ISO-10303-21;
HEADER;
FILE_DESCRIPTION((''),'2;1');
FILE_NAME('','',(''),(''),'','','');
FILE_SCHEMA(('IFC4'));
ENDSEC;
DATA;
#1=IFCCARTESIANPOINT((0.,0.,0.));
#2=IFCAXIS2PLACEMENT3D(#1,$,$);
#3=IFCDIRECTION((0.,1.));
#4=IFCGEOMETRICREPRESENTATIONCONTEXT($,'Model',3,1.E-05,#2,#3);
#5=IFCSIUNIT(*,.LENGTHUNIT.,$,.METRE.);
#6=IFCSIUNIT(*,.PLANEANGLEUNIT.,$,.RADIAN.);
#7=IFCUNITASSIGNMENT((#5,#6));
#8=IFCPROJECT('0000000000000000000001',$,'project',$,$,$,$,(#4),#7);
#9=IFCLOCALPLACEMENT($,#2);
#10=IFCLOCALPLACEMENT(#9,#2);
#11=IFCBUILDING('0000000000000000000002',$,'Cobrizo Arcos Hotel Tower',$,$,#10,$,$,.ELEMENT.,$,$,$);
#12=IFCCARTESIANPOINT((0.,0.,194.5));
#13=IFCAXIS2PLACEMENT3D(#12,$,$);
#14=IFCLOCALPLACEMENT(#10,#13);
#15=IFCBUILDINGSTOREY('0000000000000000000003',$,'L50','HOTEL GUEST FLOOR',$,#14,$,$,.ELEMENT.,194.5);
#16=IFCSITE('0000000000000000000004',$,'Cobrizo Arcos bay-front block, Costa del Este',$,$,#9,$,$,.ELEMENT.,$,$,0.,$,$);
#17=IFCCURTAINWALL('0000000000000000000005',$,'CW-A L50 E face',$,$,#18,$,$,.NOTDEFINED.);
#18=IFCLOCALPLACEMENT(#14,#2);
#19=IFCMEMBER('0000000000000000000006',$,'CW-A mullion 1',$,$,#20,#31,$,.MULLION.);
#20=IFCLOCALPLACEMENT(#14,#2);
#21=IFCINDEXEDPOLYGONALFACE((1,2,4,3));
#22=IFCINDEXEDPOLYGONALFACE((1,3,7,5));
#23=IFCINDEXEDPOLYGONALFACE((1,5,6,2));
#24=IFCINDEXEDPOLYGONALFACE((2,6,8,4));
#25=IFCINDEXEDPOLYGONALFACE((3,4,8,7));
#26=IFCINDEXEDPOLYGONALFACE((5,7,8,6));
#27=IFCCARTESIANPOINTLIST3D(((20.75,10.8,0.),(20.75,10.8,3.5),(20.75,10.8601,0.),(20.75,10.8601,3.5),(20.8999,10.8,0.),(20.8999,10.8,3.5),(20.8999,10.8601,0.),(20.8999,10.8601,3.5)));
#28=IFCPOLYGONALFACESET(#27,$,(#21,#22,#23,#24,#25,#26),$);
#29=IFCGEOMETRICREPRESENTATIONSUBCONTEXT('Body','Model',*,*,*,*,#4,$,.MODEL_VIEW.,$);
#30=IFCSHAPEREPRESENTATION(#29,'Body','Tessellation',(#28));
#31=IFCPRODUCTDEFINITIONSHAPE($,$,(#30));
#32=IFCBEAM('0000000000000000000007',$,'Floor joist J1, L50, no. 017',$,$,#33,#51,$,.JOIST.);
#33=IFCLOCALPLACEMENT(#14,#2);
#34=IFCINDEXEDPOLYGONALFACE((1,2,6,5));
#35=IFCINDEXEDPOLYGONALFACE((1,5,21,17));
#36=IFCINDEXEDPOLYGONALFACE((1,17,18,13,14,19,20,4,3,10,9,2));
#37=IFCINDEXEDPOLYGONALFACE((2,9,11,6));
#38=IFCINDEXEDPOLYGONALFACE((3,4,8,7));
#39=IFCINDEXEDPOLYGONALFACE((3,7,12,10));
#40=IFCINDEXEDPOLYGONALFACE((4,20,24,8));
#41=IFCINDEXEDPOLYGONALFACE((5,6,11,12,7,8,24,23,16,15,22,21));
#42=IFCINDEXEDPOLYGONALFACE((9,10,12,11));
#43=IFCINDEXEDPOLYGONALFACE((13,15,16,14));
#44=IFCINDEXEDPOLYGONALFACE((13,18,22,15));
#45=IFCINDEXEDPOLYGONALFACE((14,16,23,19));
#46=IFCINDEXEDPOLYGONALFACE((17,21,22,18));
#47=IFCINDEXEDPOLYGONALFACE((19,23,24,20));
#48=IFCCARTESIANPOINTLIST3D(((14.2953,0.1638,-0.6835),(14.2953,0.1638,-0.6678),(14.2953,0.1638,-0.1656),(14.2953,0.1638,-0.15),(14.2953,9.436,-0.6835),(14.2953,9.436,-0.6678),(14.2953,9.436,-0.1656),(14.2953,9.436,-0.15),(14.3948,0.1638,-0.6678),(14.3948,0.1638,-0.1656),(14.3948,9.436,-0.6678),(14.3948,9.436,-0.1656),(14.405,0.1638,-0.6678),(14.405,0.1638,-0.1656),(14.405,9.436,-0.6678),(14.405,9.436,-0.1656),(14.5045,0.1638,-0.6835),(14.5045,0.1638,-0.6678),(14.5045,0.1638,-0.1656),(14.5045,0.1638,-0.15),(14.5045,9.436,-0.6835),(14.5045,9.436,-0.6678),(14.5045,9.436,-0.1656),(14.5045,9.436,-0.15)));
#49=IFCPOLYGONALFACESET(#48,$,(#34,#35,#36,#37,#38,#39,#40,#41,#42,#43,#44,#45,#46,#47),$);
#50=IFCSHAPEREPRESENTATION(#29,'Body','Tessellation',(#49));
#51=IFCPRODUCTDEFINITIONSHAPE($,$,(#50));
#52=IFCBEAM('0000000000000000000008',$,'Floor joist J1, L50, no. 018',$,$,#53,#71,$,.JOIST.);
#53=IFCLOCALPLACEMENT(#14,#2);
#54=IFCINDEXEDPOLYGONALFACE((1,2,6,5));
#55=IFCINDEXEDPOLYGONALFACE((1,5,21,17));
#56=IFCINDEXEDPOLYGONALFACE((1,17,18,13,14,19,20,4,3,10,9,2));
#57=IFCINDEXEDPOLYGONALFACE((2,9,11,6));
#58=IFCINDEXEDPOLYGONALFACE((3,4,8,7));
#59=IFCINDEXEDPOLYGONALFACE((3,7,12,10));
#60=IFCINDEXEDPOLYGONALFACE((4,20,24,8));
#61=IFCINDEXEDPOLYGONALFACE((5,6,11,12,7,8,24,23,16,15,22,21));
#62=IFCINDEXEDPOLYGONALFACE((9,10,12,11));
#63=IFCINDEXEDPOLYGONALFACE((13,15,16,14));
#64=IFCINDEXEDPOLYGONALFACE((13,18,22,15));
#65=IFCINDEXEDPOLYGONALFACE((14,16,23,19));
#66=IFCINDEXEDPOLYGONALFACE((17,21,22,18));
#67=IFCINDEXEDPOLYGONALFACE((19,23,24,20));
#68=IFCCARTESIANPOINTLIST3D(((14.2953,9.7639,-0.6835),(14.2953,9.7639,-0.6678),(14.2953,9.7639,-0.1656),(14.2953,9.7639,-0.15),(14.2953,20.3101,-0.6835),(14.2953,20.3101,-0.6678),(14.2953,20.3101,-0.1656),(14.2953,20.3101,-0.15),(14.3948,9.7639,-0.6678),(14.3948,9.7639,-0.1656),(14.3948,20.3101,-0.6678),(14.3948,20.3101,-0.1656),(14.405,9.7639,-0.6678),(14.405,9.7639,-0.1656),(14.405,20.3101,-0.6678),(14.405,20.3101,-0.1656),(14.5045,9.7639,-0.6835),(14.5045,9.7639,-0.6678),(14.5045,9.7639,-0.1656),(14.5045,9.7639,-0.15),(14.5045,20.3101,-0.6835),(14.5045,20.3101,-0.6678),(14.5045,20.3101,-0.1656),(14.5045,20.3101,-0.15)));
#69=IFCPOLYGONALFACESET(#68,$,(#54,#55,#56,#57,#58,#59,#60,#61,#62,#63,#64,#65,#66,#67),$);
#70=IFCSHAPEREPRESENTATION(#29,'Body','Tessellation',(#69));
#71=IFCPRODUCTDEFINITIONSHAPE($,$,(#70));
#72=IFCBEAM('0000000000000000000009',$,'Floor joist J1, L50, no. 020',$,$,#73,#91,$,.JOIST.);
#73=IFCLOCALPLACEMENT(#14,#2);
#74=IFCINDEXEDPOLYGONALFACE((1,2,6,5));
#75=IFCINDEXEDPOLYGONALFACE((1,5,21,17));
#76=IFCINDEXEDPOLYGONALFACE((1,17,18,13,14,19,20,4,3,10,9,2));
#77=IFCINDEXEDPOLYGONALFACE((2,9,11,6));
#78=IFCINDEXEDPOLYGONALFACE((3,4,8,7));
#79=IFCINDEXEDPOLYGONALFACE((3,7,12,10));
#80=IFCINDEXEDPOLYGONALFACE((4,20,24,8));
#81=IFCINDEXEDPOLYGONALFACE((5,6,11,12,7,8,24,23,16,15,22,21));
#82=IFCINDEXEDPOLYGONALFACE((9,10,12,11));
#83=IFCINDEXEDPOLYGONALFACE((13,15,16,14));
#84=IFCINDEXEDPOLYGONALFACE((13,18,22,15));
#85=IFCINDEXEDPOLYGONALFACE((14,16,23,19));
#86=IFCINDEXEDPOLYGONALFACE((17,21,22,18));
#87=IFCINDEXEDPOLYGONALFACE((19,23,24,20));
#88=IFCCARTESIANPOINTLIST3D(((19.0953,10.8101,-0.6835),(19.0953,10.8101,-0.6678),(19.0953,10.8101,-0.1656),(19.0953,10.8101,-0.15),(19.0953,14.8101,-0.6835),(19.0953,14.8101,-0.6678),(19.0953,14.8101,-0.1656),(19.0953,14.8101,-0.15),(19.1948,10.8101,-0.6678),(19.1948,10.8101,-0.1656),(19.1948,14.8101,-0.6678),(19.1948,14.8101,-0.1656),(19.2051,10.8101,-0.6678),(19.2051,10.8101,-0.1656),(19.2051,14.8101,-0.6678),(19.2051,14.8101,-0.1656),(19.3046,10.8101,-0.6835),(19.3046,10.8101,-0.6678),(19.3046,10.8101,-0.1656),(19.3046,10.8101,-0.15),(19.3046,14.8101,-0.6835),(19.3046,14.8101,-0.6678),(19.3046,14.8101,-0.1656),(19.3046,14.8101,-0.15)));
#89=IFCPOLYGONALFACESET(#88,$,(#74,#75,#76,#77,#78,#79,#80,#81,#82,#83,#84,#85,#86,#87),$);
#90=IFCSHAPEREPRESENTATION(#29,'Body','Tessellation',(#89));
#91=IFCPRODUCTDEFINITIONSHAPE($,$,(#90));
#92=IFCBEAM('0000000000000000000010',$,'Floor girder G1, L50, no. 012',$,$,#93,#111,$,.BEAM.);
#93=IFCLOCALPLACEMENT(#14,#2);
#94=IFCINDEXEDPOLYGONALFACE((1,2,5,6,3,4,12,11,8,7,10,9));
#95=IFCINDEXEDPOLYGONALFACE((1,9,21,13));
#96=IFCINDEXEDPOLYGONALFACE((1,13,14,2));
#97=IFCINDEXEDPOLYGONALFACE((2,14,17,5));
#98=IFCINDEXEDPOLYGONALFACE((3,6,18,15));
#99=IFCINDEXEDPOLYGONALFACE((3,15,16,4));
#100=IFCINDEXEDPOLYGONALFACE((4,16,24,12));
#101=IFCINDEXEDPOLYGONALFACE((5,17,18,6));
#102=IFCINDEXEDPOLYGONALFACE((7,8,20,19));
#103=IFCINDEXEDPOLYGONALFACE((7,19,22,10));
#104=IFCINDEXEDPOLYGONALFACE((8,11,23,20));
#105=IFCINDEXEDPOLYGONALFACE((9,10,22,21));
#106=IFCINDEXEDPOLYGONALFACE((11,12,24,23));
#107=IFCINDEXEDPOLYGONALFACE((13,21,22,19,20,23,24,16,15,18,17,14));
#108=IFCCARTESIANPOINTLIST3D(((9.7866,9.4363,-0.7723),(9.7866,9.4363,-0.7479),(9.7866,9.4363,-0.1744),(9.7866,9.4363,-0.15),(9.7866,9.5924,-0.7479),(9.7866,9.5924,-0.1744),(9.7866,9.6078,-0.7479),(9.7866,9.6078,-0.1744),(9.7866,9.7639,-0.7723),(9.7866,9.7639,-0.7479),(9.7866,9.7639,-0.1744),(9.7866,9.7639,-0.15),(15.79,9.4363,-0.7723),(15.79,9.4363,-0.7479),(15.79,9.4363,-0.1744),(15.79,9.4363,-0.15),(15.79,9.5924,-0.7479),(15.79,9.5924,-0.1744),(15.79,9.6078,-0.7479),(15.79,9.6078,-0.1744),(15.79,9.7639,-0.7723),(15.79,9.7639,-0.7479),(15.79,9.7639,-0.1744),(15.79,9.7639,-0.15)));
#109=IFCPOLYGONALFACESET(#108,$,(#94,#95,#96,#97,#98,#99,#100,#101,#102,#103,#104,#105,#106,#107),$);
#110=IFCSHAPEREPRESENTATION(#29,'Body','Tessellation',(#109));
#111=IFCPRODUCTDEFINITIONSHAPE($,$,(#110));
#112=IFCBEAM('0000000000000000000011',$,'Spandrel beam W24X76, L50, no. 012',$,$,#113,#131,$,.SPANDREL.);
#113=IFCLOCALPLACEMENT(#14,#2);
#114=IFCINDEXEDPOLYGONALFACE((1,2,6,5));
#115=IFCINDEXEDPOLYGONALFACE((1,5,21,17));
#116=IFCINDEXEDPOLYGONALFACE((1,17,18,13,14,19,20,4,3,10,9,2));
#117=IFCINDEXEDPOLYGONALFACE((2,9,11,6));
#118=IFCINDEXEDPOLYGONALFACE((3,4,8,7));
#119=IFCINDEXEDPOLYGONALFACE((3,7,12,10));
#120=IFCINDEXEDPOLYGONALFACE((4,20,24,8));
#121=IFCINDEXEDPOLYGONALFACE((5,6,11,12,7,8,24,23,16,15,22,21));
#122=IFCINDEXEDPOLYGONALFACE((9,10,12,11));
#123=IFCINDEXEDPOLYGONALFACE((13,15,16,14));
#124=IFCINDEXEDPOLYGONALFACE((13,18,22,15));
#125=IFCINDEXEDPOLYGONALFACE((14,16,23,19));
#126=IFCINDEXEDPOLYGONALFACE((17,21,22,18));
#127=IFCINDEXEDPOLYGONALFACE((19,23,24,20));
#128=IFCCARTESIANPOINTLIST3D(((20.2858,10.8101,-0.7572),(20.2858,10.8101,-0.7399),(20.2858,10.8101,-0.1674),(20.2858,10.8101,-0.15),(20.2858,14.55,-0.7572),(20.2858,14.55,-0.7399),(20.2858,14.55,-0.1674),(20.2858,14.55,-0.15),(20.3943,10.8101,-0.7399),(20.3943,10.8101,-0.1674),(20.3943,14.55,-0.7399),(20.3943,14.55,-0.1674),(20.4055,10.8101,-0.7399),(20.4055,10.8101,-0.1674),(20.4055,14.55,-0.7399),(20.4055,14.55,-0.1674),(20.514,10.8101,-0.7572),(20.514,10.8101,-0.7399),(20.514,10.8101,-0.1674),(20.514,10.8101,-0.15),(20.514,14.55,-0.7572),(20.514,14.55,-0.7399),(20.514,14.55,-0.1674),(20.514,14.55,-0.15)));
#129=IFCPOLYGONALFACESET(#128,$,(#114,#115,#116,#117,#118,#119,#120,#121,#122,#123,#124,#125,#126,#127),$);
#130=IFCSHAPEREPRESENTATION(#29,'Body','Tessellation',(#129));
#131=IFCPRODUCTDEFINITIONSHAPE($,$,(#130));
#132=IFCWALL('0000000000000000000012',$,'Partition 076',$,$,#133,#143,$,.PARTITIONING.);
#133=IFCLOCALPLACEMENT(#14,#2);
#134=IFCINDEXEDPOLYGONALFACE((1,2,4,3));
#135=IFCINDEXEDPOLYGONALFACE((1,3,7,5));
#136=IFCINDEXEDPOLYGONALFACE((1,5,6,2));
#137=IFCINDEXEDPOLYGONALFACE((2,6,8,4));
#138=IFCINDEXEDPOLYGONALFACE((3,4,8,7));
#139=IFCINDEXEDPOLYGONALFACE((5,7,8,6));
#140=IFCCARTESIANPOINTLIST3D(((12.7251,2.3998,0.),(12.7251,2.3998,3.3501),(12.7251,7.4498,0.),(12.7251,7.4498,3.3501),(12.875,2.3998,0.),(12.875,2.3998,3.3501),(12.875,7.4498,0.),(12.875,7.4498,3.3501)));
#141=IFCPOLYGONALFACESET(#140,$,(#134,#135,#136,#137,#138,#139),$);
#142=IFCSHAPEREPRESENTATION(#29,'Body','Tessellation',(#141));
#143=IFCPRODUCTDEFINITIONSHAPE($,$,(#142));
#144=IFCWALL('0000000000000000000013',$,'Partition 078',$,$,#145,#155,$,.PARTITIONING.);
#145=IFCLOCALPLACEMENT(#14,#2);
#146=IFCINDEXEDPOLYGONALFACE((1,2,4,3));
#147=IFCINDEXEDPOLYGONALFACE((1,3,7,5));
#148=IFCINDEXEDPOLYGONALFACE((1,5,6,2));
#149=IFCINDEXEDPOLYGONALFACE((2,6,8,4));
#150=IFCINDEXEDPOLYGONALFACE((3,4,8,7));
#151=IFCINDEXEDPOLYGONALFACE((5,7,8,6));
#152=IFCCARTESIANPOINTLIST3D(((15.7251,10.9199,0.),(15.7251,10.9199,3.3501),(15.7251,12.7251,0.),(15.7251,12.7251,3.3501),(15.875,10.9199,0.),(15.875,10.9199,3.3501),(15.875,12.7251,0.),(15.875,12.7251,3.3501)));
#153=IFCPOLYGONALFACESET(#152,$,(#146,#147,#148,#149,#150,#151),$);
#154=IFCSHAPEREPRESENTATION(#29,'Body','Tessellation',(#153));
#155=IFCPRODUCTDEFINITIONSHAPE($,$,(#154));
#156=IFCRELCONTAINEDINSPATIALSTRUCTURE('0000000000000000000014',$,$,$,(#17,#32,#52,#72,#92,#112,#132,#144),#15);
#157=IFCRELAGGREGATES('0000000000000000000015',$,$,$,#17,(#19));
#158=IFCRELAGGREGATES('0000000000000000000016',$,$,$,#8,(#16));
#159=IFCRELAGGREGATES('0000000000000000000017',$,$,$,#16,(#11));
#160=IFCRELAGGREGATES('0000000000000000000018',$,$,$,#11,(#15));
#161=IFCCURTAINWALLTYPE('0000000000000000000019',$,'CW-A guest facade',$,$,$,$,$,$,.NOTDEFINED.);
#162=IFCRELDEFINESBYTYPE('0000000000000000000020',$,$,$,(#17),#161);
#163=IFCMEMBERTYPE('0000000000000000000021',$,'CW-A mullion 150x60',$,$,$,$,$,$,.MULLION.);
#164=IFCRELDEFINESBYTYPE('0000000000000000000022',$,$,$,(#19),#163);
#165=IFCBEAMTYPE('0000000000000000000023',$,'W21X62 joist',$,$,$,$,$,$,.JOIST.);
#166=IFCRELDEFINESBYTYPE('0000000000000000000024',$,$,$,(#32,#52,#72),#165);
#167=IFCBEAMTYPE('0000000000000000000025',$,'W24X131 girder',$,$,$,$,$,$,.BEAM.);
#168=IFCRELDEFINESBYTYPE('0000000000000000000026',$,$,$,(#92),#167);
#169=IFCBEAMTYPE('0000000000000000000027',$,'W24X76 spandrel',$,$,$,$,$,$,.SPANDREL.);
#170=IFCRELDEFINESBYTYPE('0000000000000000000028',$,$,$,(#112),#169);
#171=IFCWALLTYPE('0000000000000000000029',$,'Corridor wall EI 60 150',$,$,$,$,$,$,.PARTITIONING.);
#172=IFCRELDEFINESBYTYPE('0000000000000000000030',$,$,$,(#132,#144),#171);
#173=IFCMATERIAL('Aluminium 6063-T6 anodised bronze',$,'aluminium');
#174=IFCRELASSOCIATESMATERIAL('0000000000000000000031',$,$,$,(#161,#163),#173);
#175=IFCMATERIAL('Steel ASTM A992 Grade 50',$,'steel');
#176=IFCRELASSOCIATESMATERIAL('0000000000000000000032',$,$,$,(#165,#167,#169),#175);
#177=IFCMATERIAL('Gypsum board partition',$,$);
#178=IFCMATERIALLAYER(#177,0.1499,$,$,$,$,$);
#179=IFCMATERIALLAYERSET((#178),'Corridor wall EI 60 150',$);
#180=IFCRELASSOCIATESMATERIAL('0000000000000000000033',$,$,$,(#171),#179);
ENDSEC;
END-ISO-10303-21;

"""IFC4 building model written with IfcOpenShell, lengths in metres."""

from ifc_helpers import new_model, si_unit, direction, frame, frame_2d, origin, origin_2d, place, context, subcontext, project, spatial, rectangle, i_section, extrude, material, layer, layer_set, material_profile, profile_set, type_object, element, aggregate, save


model = new_model("IFC4")

# Units and contexts
model_context = context("Model", 3, precision=1e-05, world=origin(), true_north=direction((0.0, 1.0)))
body_context = subcontext(model_context, "Body", "Model", "MODEL_VIEW")
ifc_project = project(units=[si_unit("LENGTHUNIT", "METRE"), si_unit("PLANEANGLEUNIT", "RADIAN")], contexts=[model_context])

# Site, building, storey
site_placement = place(None, origin())
site = spatial("IfcSite", under=ifc_project, at=site_placement, Name="Cobrizo Arcos bay-front block, Costa del Este", CompositionType="ELEMENT", RefElevation=0.0)
building_placement = place(site_placement, origin())
building = spatial("IfcBuilding", under=site, at=building_placement, Name="Cobrizo Arcos Hotel Tower", CompositionType="ELEMENT")
storey_placement = place(building_placement, frame((0.0, 0.0, 194.5)))
storey = spatial("IfcBuildingStorey", under=building, at=storey_placement, Name="L50", Description="HOTEL GUEST FLOOR", CompositionType="ELEMENT", Elevation=194.5)

# Curtain wall, member
ifc_material_1 = material(Name="Aluminium 6063-T6 anodised bronze", Category="aluminium")
curtain_wall_type = type_object("IfcCurtainWallType", Name="CW-A guest facade", PredefinedType="NOTDEFINED", material=ifc_material_1)
curtain_wall_placement = place(storey_placement, origin())
curtain_wall = element("IfcCurtainWall", 1, at=curtain_wall_placement, inside=storey, type_object=curtain_wall_type, Name="CW-A L50 E face", PredefinedType="NOTDEFINED")
ifc_material_profile_1 = material_profile(ifc_material_1, rectangle(XDim=0.1499, YDim=0.0601, at=origin_2d()), Name="CW-A mullion 150x60")
ifc_profile_set_1 = profile_set([ifc_material_profile_1], Name="Aluminium 6063-T6 anodised bronze")
member_type = type_object("IfcMemberType", Name="CW-A mullion 150x60", PredefinedType="MULLION", material=ifc_profile_set_1)
member_placement = place(storey_placement, frame((20.825, 10.8301, 0.0), z_axis=(0.0, 0.0, 1.0), x_axis=(1.0, 0.0, 0.0)))
member = element("IfcMember", 2, at=member_placement, type_object=member_type, Name="CW-A mullion 1", PredefinedType="MULLION", context=body_context, shape_type="SweptSolid", body=[
    extrude(rectangle(XDim=0.1499, YDim=0.0601, at=origin_2d()), origin(), (0.0, 0.0, 1.0), 3.5),
])
aggregate(curtain_wall, [member])

# Beams
ifc_material_2 = material(Name="Steel ASTM A992 Grade 50", Category="steel")
ifc_material_profile_2 = material_profile(ifc_material_2, i_section(OverallWidth=0.2092, OverallDepth=0.5334, WebThickness=0.0103, FlangeThickness=0.0156, at=origin_2d()), Name="W21X62")
ifc_profile_set_2 = profile_set([ifc_material_profile_2], Name="Steel ASTM A992 Grade 50")
beam_type_1 = type_object("IfcBeamType", Name="W21X62 joist", PredefinedType="JOIST", material=ifc_profile_set_2)
beam_1_placement = place(storey_placement, frame((14.3999, 0.1638, -0.4167), z_axis=(0.0, 1.0, 0.0), x_axis=(-1.0, 0.0, 0.0)))
element("IfcBeam", 3, at=beam_1_placement, inside=storey, type_object=beam_type_1, Name="Floor joist J1, L50, no. 017", PredefinedType="JOIST", context=body_context, shape_type="SweptSolid", body=[
    extrude(i_section(OverallWidth=0.2092, OverallDepth=0.5334, WebThickness=0.0103, FlangeThickness=0.0156, at=origin_2d()), origin(), (0.0, 0.0, 1.0), 9.2722),
])
beam_2_placement = place(storey_placement, frame((14.3999, 9.7639, -0.4167), z_axis=(0.0, 1.0, 0.0), x_axis=(-1.0, 0.0, 0.0)))
element("IfcBeam", 4, at=beam_2_placement, inside=storey, type_object=beam_type_1, Name="Floor joist J1, L50, no. 018", PredefinedType="JOIST", context=body_context, shape_type="SweptSolid", body=[
    extrude(i_section(OverallWidth=0.2092, OverallDepth=0.5334, WebThickness=0.0103, FlangeThickness=0.0156, at=origin_2d()), origin(), (0.0, 0.0, 1.0), 10.5461),
])
beam_3_placement = place(storey_placement, frame((19.2, 10.8101, -0.4167), z_axis=(0.0, 1.0, 0.0), x_axis=(-1.0, 0.0, 0.0)))
element("IfcBeam", 5, at=beam_3_placement, inside=storey, type_object=beam_type_1, Name="Floor joist J1, L50, no. 020", PredefinedType="JOIST", context=body_context, shape_type="SweptSolid", body=[
    extrude(i_section(OverallWidth=0.2092, OverallDepth=0.5334, WebThickness=0.0103, FlangeThickness=0.0156, at=origin_2d()), origin(), (0.0, 0.0, 1.0), 4.0),
])
ifc_material_profile_3 = material_profile(ifc_material_2, i_section(OverallWidth=0.3276, OverallDepth=0.6223, WebThickness=0.0154, FlangeThickness=0.0244, at=origin_2d()), Name="W24X131")
ifc_profile_set_3 = profile_set([ifc_material_profile_3], Name="Steel ASTM A992 Grade 50")
beam_type_2 = type_object("IfcBeamType", Name="W24X131 girder", PredefinedType="BEAM", material=ifc_profile_set_3)
beam_4_placement = place(storey_placement, frame((9.7866, 9.6001, -0.4612), z_axis=(1.0, 0.0, 0.0), x_axis=(0.0, 1.0, 0.0)))
element("IfcBeam", 6, at=beam_4_placement, inside=storey, type_object=beam_type_2, Name="Floor girder G1, L50, no. 012", PredefinedType="BEAM", context=body_context, shape_type="SweptSolid", body=[
    extrude(i_section(OverallWidth=0.3276, OverallDepth=0.6223, WebThickness=0.0154, FlangeThickness=0.0244, at=origin_2d()), origin(), (0.0, 0.0, 1.0), 6.0034),
])
ifc_material_profile_4 = material_profile(ifc_material_2, i_section(OverallWidth=0.2283, OverallDepth=0.6072, WebThickness=0.0112, FlangeThickness=0.0173, at=origin_2d()), Name="W24X76")
ifc_profile_set_4 = profile_set([ifc_material_profile_4], Name="Steel ASTM A992 Grade 50")
beam_type_3 = type_object("IfcBeamType", Name="W24X76 spandrel", PredefinedType="SPANDREL", material=ifc_profile_set_4)
beam_5_placement = place(storey_placement, frame((20.3999, 10.8101, -0.4536), z_axis=(0.0, 1.0, 0.0), x_axis=(-1.0, 0.0, 0.0)))
element("IfcBeam", 7, at=beam_5_placement, inside=storey, type_object=beam_type_3, Name="Spandrel beam W24X76, L50, no. 012", PredefinedType="SPANDREL", context=body_context, shape_type="SweptSolid", body=[
    extrude(i_section(OverallWidth=0.2283, OverallDepth=0.6072, WebThickness=0.0112, FlangeThickness=0.0173, at=origin_2d()), origin(), (0.0, 0.0, 1.0), 3.74),
])

# Walls
ifc_material_3 = material(Name="Gypsum board partition")
ifc_layer_1 = layer(ifc_material_3, 0.1499)
ifc_layer_set_1 = layer_set([ifc_layer_1], Name="Corridor wall EI 60 150")
wall_type_1 = type_object("IfcWallType", Name="Corridor wall EI 60 150", PredefinedType="PARTITIONING", material=ifc_layer_set_1)
wall_1_placement = place(storey_placement, frame((12.8, 2.3999, 0.0), z_axis=(0.0, 0.0, 1.0), x_axis=(0.0, 1.0, 0.0)))
element("IfcWall", 8, at=wall_1_placement, inside=storey, type_object=wall_type_1, Name="Partition 076", PredefinedType="PARTITIONING", context=body_context, shape_type="SweptSolid", body=[
    extrude(rectangle(XDim=5.05, YDim=0.1499, at=frame_2d((2.5249, 0.0))), origin(), (0.0, 0.0, 1.0), 3.3501),
])
wall_2_placement = place(storey_placement, frame((15.8, 10.9199, 0.0), z_axis=(0.0, 0.0, 1.0), x_axis=(0.0, 1.0, 0.0)))
element("IfcWall", 9, at=wall_2_placement, inside=storey, type_object=wall_type_1, Name="Partition 078", PredefinedType="PARTITIONING", context=body_context, shape_type="SweptSolid", body=[
    extrude(rectangle(XDim=1.8052, YDim=0.1499, at=frame_2d((0.9026, 0.0))), origin(), (0.0, 0.0, 1.0), 3.3501),
])

save(model, "model.ifc")
